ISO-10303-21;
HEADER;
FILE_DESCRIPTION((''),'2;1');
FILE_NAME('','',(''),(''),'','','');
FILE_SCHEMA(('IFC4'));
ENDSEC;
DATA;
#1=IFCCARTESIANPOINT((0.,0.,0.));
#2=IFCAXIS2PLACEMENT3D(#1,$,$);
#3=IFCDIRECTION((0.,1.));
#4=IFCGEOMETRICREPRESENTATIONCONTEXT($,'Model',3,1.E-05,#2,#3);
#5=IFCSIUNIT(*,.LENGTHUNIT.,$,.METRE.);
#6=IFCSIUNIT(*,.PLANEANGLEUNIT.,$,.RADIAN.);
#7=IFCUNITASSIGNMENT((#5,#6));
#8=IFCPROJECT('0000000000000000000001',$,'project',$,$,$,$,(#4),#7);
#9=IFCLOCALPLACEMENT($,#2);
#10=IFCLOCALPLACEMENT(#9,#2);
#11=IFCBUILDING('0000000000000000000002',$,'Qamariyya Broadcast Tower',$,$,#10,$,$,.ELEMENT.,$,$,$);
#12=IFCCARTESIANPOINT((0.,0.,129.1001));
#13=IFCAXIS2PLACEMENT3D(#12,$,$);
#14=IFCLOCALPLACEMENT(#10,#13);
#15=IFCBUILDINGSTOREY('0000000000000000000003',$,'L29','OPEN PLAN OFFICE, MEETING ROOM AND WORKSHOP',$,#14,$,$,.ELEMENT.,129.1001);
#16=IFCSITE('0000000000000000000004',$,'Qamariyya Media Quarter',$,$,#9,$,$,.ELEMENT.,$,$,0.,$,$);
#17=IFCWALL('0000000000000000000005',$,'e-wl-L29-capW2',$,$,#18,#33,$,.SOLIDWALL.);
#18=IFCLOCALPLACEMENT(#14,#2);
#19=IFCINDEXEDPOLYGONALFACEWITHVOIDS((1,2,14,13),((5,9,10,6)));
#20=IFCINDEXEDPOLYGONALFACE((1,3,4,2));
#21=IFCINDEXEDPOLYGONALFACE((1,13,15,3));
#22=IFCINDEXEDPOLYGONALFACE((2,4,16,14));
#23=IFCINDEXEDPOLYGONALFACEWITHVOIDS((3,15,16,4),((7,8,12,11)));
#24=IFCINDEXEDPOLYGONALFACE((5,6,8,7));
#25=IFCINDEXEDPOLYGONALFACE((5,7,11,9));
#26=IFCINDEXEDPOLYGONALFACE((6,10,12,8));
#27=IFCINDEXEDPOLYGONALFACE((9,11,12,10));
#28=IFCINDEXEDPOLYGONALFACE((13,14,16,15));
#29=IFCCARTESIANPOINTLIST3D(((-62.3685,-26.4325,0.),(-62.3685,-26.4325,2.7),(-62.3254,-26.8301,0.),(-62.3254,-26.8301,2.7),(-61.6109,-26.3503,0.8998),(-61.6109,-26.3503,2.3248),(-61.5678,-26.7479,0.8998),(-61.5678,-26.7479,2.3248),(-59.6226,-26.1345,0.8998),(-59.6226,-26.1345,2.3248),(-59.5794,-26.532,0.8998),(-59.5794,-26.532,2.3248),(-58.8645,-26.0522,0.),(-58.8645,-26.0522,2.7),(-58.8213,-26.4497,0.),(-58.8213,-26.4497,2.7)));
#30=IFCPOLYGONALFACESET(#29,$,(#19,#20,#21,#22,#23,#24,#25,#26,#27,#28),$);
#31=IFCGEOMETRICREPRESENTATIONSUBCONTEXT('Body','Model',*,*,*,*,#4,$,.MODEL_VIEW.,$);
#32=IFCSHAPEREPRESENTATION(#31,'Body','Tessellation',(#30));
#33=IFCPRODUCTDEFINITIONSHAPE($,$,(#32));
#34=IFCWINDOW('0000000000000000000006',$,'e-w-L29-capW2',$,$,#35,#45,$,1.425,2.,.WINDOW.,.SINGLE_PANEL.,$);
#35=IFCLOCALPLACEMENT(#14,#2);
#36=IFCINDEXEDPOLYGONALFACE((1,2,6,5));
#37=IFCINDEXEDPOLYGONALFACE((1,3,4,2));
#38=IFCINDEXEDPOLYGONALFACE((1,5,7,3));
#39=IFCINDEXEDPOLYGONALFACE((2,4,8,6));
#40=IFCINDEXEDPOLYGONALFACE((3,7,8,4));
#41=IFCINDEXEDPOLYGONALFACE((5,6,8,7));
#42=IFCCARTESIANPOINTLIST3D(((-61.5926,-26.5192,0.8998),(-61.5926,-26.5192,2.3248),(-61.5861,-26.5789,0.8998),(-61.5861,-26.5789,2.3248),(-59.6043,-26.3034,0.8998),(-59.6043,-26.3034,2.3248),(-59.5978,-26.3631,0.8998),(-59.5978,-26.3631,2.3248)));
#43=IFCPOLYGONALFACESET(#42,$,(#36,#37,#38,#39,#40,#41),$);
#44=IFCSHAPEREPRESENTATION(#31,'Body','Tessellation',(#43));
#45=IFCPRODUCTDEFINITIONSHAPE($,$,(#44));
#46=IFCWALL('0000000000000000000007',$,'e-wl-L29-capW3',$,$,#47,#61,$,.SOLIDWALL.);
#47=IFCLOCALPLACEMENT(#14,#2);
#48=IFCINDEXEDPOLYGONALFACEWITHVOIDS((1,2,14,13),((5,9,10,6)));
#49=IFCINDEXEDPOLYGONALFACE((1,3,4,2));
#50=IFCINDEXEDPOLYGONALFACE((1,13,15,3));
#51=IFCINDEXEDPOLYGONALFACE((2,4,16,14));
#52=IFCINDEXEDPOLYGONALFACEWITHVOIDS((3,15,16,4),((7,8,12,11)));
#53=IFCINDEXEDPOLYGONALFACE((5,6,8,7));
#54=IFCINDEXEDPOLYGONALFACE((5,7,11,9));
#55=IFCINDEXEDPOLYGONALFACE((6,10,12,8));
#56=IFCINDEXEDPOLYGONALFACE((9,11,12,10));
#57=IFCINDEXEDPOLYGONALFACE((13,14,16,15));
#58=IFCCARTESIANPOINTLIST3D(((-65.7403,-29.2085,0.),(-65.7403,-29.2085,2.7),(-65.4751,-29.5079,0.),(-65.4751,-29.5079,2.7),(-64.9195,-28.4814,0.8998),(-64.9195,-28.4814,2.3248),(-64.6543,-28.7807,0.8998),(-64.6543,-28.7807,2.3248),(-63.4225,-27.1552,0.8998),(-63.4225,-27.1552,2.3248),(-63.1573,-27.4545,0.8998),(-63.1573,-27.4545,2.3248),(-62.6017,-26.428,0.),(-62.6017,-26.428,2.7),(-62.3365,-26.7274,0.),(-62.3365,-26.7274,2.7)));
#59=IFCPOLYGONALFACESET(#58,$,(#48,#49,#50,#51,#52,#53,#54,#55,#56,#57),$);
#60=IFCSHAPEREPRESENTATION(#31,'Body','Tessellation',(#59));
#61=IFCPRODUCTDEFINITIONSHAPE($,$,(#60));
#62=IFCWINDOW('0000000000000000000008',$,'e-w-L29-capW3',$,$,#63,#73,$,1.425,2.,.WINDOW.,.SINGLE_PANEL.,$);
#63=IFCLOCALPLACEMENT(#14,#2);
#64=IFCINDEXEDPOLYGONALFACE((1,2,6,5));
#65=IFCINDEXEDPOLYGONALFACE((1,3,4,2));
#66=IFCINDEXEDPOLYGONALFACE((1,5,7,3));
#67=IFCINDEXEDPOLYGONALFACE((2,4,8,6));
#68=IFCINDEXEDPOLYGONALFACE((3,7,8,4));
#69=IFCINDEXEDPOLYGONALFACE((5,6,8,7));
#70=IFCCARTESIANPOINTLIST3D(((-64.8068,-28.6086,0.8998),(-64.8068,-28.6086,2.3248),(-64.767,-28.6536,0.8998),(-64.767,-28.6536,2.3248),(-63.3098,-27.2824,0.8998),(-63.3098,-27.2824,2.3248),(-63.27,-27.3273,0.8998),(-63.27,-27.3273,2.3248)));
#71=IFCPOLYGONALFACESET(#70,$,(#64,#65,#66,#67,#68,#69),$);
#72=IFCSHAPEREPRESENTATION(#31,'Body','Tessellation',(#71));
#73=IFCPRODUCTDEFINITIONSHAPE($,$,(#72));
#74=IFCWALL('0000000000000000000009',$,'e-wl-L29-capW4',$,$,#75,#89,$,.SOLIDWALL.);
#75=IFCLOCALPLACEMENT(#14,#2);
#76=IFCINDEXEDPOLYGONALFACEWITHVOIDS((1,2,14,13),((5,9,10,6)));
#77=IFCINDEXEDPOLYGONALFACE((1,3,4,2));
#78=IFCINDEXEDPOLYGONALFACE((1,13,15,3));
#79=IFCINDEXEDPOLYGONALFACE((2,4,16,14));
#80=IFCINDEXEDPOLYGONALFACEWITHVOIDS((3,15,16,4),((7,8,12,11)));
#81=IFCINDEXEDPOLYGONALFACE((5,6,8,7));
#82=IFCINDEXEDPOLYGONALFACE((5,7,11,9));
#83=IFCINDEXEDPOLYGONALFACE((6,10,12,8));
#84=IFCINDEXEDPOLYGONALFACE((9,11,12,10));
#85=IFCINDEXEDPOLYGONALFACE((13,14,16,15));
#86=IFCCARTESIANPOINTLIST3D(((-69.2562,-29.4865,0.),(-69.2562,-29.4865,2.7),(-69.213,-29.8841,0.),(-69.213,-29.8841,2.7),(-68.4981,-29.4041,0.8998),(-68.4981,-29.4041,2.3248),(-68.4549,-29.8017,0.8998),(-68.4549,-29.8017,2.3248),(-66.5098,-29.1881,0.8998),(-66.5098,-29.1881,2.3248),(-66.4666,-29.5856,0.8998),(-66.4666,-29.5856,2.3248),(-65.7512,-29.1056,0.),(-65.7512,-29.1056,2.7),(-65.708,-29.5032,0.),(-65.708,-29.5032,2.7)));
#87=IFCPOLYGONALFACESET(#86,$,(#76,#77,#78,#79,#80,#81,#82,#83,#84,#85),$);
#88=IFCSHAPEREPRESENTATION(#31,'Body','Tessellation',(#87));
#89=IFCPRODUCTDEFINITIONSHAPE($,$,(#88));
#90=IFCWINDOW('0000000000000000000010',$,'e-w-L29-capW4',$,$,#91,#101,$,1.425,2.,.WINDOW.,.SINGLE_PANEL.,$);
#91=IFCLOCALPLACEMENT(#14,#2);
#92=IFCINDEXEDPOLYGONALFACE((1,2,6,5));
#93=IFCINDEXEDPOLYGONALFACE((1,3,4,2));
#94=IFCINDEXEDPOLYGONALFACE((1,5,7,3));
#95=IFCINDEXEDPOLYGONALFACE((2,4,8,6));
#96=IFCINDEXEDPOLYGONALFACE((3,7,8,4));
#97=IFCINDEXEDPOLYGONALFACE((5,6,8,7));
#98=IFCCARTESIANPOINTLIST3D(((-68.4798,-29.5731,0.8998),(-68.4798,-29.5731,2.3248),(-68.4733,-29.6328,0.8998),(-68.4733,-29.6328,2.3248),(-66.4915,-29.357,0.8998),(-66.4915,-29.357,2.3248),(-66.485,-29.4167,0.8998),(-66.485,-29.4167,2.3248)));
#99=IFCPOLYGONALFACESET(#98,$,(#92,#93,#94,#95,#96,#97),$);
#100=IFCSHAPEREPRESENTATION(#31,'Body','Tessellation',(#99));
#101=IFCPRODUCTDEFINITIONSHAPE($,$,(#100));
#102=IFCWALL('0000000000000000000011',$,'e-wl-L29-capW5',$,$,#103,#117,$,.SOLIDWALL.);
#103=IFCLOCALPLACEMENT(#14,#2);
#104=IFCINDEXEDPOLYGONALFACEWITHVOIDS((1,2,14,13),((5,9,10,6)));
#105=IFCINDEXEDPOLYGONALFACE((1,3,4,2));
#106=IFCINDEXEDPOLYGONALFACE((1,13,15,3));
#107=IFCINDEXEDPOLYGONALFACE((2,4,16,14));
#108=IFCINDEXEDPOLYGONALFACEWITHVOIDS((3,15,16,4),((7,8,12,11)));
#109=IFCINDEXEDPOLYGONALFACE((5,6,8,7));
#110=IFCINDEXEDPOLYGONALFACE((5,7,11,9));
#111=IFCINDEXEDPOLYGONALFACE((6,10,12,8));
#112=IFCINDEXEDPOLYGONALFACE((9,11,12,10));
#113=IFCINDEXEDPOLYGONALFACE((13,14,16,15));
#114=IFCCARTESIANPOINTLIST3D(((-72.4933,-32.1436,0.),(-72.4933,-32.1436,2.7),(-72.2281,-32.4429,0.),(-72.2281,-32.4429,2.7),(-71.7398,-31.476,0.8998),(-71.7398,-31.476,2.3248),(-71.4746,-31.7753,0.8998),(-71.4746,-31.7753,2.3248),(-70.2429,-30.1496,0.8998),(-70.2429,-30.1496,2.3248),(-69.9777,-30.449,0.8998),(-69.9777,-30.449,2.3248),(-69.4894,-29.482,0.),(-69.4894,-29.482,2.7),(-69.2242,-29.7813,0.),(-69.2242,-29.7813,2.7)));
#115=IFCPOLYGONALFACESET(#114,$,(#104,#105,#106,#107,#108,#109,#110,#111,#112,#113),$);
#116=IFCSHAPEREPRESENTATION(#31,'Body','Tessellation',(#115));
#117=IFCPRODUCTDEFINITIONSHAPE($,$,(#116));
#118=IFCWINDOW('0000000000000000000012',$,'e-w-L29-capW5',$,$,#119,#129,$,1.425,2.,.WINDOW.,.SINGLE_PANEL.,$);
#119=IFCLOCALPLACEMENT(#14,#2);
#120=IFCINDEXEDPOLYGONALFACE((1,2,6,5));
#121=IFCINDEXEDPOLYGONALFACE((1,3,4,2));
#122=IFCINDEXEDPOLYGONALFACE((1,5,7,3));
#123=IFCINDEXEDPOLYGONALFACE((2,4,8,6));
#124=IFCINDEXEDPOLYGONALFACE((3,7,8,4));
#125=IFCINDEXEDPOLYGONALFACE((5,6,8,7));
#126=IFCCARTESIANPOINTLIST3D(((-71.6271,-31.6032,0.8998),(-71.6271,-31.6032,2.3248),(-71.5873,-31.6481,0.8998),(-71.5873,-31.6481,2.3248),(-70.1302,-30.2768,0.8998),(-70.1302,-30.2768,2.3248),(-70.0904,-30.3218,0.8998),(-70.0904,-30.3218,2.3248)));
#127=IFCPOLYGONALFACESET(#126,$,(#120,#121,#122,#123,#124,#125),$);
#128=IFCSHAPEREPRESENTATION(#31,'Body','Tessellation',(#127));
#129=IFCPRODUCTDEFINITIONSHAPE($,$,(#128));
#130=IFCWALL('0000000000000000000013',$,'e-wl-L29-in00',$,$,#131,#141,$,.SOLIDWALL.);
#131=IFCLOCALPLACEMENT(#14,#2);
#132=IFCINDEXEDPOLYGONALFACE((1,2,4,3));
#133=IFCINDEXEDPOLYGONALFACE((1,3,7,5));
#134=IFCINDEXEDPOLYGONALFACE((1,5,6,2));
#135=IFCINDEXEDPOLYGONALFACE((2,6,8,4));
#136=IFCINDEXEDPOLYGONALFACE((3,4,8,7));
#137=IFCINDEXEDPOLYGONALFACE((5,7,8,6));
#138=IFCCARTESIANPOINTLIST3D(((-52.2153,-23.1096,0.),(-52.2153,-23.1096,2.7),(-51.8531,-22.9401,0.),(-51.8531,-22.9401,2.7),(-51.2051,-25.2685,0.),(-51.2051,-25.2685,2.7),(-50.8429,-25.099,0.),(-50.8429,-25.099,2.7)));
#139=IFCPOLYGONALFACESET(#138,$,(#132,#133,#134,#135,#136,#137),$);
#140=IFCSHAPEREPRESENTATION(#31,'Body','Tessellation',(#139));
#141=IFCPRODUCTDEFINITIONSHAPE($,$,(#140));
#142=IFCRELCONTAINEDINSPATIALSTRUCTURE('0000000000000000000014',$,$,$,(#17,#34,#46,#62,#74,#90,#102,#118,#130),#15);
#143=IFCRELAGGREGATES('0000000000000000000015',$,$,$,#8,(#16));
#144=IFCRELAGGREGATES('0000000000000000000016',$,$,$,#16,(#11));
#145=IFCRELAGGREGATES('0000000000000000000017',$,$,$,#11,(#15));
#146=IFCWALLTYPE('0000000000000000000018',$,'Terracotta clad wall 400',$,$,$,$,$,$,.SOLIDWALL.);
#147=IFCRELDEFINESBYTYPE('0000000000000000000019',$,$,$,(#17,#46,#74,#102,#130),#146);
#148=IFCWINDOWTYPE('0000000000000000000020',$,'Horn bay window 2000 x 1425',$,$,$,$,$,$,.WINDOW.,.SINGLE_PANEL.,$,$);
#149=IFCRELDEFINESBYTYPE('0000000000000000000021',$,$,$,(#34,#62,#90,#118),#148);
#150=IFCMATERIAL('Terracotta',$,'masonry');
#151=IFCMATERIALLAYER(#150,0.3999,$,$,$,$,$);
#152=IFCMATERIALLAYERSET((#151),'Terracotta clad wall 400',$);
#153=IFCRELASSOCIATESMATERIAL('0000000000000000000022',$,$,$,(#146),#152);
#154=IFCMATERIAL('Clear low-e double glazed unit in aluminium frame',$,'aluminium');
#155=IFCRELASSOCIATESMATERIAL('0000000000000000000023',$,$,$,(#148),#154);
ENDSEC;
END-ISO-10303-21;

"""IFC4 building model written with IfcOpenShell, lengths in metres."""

from ifc_helpers import new_model, si_unit, direction, frame, frame_2d, origin, place, context, subcontext, project, spatial, rectangle, extrude, material, layer, layer_set, type_object, element, fill, save


model = new_model("IFC4")

# Units and contexts
model_context = context("Model", 3, precision=1e-05, world=origin(), true_north=direction((0.0, 1.0)))
body_context = subcontext(model_context, "Body", "Model", "MODEL_VIEW")
ifc_project = project(units=[si_unit("LENGTHUNIT", "METRE"), si_unit("PLANEANGLEUNIT", "RADIAN")], contexts=[model_context])

# Site, building, storey
site_placement = place(None, origin())
site = spatial("IfcSite", under=ifc_project, at=site_placement, Name="Qamariyya Media Quarter", CompositionType="ELEMENT", RefElevation=0.0)
building_placement = place(site_placement, origin())
building = spatial("IfcBuilding", under=site, at=building_placement, Name="Qamariyya Broadcast Tower", CompositionType="ELEMENT")
storey_placement = place(building_placement, frame((0.0, 0.0, 129.1001)))
storey = spatial("IfcBuildingStorey", under=building, at=storey_placement, Name="L29", Description="OPEN PLAN OFFICE, MEETING ROOM AND WORKSHOP", CompositionType="ELEMENT", Elevation=129.1001)

# Walls, openings, windows
ifc_material_1 = material(Name="Terracotta", Category="masonry")
ifc_layer = layer(ifc_material_1, 0.3999)
ifc_layer_set = layer_set([ifc_layer], Name="Terracotta clad wall 400")
wall_type = type_object("IfcWallType", Name="Terracotta clad wall 400", PredefinedType="SOLIDWALL", material=ifc_layer_set)
ifc_material_2 = material(Name="Clear low-e double glazed unit in aluminium frame", Category="aluminium")
window_type_1 = type_object("IfcWindowType", Name="Horn bay window 2000 x 1425", PartitioningType="SINGLE_PANEL", PredefinedType="WINDOW", material=ifc_material_2)
wall_1_placement = place(storey_placement, frame((-58.843, -26.251, 0.0), z_axis=(0.0, 0.0, 1.0), x_axis=(-0.99416, -0.107915, 0.0)))
wall_1 = element("IfcWall", 1, at=wall_1_placement, inside=storey, type_object=wall_type, Name="e-wl-L29-capW2", PredefinedType="SOLIDWALL", context=body_context, shape_type="SweptSolid", body=[
    extrude(rectangle(XDim=3.5247, YDim=0.3999, at=frame_2d((1.7622, 0.0))), origin(), (0.0, 0.0, 1.0), 2.7),
])
opening_1_placement = place(wall_1_placement, frame((0.7625, 0.0, 0.8999)))
opening_1 = element("IfcOpeningElement", 2, at=opening_1_placement, cuts=wall_1, PredefinedType="OPENING", context=body_context, shape_type="SweptSolid", body=[
    extrude(rectangle(XDim=2.0, YDim=1.425, at=frame_2d((1.0, 0.7124))), frame((0.0, 0.21, 0.0), z_axis=(0.0, -1.0, 0.0), x_axis=(1.0, 0.0, 0.0)), (0.0, 0.0, 1.0), 0.4199),
])
window_1_placement = place(opening_1_placement, origin())
window_1 = element("IfcWindow", 3, at=window_1_placement, inside=storey, type_object=window_type_1, Name="e-w-L29-capW2", OverallHeight=1.425, OverallWidth=2.0, PartitioningType="SINGLE_PANEL", PredefinedType="WINDOW", context=body_context, shape_type="SweptSolid", body=[
    extrude(rectangle(XDim=2.0, YDim=1.425, at=frame_2d((1.0, 0.7124))), frame((0.0, 0.03, 0.0), z_axis=(0.0, -1.0, 0.0), x_axis=(1.0, 0.0, 0.0)), (0.0, 0.0, 1.0), 0.0601),
])
fill(opening_1, window_1)
wall_2_placement = place(storey_placement, frame((-62.469, -26.5776, 0.0), z_axis=(0.0, 0.0, 1.0), x_axis=(-0.748523, -0.663109, 0.0)))
wall_2 = element("IfcWall", 4, at=wall_2_placement, inside=storey, type_object=wall_type, Name="e-wl-L29-capW3", PredefinedType="SOLIDWALL", context=body_context, shape_type="SweptSolid", body=[
    extrude(rectangle(XDim=4.1931, YDim=0.3999, at=frame_2d((2.0967, 0.0))), origin(), (0.0, 0.0, 1.0), 2.7),
])
opening_2_placement = place(wall_2_placement, frame((1.0967, 0.0, 0.8999)))
opening_2 = element("IfcOpeningElement", 5, at=opening_2_placement, cuts=wall_2, PredefinedType="OPENING", context=body_context, shape_type="SweptSolid", body=[
    extrude(rectangle(XDim=2.0, YDim=1.425, at=frame_2d((1.0, 0.7124))), frame((0.0, 0.21, 0.0), z_axis=(0.0, -1.0, 0.0), x_axis=(1.0, 0.0, 0.0)), (0.0, 0.0, 1.0), 0.4199),
])
window_2_placement = place(opening_2_placement, origin())
window_2 = element("IfcWindow", 6, at=window_2_placement, inside=storey, type_object=window_type_1, Name="e-w-L29-capW3", OverallHeight=1.425, OverallWidth=2.0, PartitioningType="SINGLE_PANEL", PredefinedType="WINDOW", context=body_context, shape_type="SweptSolid", body=[
    extrude(rectangle(XDim=2.0, YDim=1.425, at=frame_2d((1.0, 0.7124))), frame((0.0, 0.03, 0.0), z_axis=(0.0, -1.0, 0.0), x_axis=(1.0, 0.0, 0.0)), (0.0, 0.0, 1.0), 0.0601),
])
fill(opening_2, window_2)
wall_3_placement = place(storey_placement, frame((-65.7297, -29.3044, 0.0), z_axis=(0.0, 0.0, 1.0), x_axis=(-0.994148, -0.108029, 0.0)))
wall_3 = element("IfcWall", 7, at=wall_3_placement, inside=storey, type_object=wall_type, Name="e-wl-L29-capW4", PredefinedType="SOLIDWALL", context=body_context, shape_type="SweptSolid", body=[
    extrude(rectangle(XDim=3.5256, YDim=0.3999, at=frame_2d((1.7627, 0.0))), origin(), (0.0, 0.0, 1.0), 2.7),
])
opening_3_placement = place(wall_3_placement, frame((0.7629, 0.0, 0.8999)))
opening_3 = element("IfcOpeningElement", 8, at=opening_3_placement, cuts=wall_3, PredefinedType="OPENING", context=body_context, shape_type="SweptSolid", body=[
    extrude(rectangle(XDim=2.0, YDim=1.425, at=frame_2d((1.0, 0.7124))), frame((0.0, 0.21, 0.0), z_axis=(0.0, -1.0, 0.0), x_axis=(1.0, 0.0, 0.0)), (0.0, 0.0, 1.0), 0.4199),
])
window_3_placement = place(opening_3_placement, origin())
window_3 = element("IfcWindow", 9, at=window_3_placement, inside=storey, type_object=window_type_1, Name="e-w-L29-capW4", OverallHeight=1.425, OverallWidth=2.0, PartitioningType="SINGLE_PANEL", PredefinedType="WINDOW", context=body_context, shape_type="SweptSolid", body=[
    extrude(rectangle(XDim=2.0, YDim=1.425, at=frame_2d((1.0, 0.7124))), frame((0.0, 0.03, 0.0), z_axis=(0.0, -1.0, 0.0), x_axis=(1.0, 0.0, 0.0)), (0.0, 0.0, 1.0), 0.0601),
])
fill(opening_3, window_3)
wall_4_placement = place(storey_placement, frame((-69.3567, -29.6316, 0.0), z_axis=(0.0, 0.0, 1.0), x_axis=(-0.748462, -0.663177, 0.0)))
wall_4 = element("IfcWall", 10, at=wall_4_placement, inside=storey, type_object=wall_type, Name="e-wl-L29-capW5", PredefinedType="SOLIDWALL", context=body_context, shape_type="SweptSolid", body=[
    extrude(rectangle(XDim=4.0134, YDim=0.3999, at=frame_2d((2.0068, 0.0))), origin(), (0.0, 0.0, 1.0), 2.7),
])
opening_4_placement = place(wall_4_placement, frame((1.0068, 0.0, 0.8999)))
opening_4 = element("IfcOpeningElement", 11, at=opening_4_placement, cuts=wall_4, PredefinedType="OPENING", context=body_context, shape_type="SweptSolid", body=[
    extrude(rectangle(XDim=2.0, YDim=1.425, at=frame_2d((1.0, 0.7124))), frame((0.0, 0.21, 0.0), z_axis=(0.0, -1.0, 0.0), x_axis=(1.0, 0.0, 0.0)), (0.0, 0.0, 1.0), 0.4199),
])
window_4_placement = place(opening_4_placement, origin())
window_4 = element("IfcWindow", 12, at=window_4_placement, inside=storey, type_object=window_type_1, Name="e-w-L29-capW5", OverallHeight=1.425, OverallWidth=2.0, PartitioningType="SINGLE_PANEL", PredefinedType="WINDOW", context=body_context, shape_type="SweptSolid", body=[
    extrude(rectangle(XDim=2.0, YDim=1.425, at=frame_2d((1.0, 0.7124))), frame((0.0, 0.03, 0.0), z_axis=(0.0, -1.0, 0.0), x_axis=(1.0, 0.0, 0.0)), (0.0, 0.0, 1.0), 0.0601),
])
fill(opening_4, window_4)

# Wall
wall_5_placement = place(storey_placement, frame((-51.0239, -25.1838, 0.0), z_axis=(0.0, 0.0, 1.0), x_axis=(-0.423833, 0.90574, 0.0)))
element("IfcWall", 13, at=wall_5_placement, inside=storey, type_object=wall_type, Name="e-wl-L29-in00", PredefinedType="SOLIDWALL", context=body_context, shape_type="SweptSolid", body=[
    extrude(rectangle(XDim=2.3835, YDim=0.3999, at=frame_2d((1.1919, 0.0))), origin(), (0.0, 0.0, 1.0), 2.7),
])

save(model, "model.ifc")
